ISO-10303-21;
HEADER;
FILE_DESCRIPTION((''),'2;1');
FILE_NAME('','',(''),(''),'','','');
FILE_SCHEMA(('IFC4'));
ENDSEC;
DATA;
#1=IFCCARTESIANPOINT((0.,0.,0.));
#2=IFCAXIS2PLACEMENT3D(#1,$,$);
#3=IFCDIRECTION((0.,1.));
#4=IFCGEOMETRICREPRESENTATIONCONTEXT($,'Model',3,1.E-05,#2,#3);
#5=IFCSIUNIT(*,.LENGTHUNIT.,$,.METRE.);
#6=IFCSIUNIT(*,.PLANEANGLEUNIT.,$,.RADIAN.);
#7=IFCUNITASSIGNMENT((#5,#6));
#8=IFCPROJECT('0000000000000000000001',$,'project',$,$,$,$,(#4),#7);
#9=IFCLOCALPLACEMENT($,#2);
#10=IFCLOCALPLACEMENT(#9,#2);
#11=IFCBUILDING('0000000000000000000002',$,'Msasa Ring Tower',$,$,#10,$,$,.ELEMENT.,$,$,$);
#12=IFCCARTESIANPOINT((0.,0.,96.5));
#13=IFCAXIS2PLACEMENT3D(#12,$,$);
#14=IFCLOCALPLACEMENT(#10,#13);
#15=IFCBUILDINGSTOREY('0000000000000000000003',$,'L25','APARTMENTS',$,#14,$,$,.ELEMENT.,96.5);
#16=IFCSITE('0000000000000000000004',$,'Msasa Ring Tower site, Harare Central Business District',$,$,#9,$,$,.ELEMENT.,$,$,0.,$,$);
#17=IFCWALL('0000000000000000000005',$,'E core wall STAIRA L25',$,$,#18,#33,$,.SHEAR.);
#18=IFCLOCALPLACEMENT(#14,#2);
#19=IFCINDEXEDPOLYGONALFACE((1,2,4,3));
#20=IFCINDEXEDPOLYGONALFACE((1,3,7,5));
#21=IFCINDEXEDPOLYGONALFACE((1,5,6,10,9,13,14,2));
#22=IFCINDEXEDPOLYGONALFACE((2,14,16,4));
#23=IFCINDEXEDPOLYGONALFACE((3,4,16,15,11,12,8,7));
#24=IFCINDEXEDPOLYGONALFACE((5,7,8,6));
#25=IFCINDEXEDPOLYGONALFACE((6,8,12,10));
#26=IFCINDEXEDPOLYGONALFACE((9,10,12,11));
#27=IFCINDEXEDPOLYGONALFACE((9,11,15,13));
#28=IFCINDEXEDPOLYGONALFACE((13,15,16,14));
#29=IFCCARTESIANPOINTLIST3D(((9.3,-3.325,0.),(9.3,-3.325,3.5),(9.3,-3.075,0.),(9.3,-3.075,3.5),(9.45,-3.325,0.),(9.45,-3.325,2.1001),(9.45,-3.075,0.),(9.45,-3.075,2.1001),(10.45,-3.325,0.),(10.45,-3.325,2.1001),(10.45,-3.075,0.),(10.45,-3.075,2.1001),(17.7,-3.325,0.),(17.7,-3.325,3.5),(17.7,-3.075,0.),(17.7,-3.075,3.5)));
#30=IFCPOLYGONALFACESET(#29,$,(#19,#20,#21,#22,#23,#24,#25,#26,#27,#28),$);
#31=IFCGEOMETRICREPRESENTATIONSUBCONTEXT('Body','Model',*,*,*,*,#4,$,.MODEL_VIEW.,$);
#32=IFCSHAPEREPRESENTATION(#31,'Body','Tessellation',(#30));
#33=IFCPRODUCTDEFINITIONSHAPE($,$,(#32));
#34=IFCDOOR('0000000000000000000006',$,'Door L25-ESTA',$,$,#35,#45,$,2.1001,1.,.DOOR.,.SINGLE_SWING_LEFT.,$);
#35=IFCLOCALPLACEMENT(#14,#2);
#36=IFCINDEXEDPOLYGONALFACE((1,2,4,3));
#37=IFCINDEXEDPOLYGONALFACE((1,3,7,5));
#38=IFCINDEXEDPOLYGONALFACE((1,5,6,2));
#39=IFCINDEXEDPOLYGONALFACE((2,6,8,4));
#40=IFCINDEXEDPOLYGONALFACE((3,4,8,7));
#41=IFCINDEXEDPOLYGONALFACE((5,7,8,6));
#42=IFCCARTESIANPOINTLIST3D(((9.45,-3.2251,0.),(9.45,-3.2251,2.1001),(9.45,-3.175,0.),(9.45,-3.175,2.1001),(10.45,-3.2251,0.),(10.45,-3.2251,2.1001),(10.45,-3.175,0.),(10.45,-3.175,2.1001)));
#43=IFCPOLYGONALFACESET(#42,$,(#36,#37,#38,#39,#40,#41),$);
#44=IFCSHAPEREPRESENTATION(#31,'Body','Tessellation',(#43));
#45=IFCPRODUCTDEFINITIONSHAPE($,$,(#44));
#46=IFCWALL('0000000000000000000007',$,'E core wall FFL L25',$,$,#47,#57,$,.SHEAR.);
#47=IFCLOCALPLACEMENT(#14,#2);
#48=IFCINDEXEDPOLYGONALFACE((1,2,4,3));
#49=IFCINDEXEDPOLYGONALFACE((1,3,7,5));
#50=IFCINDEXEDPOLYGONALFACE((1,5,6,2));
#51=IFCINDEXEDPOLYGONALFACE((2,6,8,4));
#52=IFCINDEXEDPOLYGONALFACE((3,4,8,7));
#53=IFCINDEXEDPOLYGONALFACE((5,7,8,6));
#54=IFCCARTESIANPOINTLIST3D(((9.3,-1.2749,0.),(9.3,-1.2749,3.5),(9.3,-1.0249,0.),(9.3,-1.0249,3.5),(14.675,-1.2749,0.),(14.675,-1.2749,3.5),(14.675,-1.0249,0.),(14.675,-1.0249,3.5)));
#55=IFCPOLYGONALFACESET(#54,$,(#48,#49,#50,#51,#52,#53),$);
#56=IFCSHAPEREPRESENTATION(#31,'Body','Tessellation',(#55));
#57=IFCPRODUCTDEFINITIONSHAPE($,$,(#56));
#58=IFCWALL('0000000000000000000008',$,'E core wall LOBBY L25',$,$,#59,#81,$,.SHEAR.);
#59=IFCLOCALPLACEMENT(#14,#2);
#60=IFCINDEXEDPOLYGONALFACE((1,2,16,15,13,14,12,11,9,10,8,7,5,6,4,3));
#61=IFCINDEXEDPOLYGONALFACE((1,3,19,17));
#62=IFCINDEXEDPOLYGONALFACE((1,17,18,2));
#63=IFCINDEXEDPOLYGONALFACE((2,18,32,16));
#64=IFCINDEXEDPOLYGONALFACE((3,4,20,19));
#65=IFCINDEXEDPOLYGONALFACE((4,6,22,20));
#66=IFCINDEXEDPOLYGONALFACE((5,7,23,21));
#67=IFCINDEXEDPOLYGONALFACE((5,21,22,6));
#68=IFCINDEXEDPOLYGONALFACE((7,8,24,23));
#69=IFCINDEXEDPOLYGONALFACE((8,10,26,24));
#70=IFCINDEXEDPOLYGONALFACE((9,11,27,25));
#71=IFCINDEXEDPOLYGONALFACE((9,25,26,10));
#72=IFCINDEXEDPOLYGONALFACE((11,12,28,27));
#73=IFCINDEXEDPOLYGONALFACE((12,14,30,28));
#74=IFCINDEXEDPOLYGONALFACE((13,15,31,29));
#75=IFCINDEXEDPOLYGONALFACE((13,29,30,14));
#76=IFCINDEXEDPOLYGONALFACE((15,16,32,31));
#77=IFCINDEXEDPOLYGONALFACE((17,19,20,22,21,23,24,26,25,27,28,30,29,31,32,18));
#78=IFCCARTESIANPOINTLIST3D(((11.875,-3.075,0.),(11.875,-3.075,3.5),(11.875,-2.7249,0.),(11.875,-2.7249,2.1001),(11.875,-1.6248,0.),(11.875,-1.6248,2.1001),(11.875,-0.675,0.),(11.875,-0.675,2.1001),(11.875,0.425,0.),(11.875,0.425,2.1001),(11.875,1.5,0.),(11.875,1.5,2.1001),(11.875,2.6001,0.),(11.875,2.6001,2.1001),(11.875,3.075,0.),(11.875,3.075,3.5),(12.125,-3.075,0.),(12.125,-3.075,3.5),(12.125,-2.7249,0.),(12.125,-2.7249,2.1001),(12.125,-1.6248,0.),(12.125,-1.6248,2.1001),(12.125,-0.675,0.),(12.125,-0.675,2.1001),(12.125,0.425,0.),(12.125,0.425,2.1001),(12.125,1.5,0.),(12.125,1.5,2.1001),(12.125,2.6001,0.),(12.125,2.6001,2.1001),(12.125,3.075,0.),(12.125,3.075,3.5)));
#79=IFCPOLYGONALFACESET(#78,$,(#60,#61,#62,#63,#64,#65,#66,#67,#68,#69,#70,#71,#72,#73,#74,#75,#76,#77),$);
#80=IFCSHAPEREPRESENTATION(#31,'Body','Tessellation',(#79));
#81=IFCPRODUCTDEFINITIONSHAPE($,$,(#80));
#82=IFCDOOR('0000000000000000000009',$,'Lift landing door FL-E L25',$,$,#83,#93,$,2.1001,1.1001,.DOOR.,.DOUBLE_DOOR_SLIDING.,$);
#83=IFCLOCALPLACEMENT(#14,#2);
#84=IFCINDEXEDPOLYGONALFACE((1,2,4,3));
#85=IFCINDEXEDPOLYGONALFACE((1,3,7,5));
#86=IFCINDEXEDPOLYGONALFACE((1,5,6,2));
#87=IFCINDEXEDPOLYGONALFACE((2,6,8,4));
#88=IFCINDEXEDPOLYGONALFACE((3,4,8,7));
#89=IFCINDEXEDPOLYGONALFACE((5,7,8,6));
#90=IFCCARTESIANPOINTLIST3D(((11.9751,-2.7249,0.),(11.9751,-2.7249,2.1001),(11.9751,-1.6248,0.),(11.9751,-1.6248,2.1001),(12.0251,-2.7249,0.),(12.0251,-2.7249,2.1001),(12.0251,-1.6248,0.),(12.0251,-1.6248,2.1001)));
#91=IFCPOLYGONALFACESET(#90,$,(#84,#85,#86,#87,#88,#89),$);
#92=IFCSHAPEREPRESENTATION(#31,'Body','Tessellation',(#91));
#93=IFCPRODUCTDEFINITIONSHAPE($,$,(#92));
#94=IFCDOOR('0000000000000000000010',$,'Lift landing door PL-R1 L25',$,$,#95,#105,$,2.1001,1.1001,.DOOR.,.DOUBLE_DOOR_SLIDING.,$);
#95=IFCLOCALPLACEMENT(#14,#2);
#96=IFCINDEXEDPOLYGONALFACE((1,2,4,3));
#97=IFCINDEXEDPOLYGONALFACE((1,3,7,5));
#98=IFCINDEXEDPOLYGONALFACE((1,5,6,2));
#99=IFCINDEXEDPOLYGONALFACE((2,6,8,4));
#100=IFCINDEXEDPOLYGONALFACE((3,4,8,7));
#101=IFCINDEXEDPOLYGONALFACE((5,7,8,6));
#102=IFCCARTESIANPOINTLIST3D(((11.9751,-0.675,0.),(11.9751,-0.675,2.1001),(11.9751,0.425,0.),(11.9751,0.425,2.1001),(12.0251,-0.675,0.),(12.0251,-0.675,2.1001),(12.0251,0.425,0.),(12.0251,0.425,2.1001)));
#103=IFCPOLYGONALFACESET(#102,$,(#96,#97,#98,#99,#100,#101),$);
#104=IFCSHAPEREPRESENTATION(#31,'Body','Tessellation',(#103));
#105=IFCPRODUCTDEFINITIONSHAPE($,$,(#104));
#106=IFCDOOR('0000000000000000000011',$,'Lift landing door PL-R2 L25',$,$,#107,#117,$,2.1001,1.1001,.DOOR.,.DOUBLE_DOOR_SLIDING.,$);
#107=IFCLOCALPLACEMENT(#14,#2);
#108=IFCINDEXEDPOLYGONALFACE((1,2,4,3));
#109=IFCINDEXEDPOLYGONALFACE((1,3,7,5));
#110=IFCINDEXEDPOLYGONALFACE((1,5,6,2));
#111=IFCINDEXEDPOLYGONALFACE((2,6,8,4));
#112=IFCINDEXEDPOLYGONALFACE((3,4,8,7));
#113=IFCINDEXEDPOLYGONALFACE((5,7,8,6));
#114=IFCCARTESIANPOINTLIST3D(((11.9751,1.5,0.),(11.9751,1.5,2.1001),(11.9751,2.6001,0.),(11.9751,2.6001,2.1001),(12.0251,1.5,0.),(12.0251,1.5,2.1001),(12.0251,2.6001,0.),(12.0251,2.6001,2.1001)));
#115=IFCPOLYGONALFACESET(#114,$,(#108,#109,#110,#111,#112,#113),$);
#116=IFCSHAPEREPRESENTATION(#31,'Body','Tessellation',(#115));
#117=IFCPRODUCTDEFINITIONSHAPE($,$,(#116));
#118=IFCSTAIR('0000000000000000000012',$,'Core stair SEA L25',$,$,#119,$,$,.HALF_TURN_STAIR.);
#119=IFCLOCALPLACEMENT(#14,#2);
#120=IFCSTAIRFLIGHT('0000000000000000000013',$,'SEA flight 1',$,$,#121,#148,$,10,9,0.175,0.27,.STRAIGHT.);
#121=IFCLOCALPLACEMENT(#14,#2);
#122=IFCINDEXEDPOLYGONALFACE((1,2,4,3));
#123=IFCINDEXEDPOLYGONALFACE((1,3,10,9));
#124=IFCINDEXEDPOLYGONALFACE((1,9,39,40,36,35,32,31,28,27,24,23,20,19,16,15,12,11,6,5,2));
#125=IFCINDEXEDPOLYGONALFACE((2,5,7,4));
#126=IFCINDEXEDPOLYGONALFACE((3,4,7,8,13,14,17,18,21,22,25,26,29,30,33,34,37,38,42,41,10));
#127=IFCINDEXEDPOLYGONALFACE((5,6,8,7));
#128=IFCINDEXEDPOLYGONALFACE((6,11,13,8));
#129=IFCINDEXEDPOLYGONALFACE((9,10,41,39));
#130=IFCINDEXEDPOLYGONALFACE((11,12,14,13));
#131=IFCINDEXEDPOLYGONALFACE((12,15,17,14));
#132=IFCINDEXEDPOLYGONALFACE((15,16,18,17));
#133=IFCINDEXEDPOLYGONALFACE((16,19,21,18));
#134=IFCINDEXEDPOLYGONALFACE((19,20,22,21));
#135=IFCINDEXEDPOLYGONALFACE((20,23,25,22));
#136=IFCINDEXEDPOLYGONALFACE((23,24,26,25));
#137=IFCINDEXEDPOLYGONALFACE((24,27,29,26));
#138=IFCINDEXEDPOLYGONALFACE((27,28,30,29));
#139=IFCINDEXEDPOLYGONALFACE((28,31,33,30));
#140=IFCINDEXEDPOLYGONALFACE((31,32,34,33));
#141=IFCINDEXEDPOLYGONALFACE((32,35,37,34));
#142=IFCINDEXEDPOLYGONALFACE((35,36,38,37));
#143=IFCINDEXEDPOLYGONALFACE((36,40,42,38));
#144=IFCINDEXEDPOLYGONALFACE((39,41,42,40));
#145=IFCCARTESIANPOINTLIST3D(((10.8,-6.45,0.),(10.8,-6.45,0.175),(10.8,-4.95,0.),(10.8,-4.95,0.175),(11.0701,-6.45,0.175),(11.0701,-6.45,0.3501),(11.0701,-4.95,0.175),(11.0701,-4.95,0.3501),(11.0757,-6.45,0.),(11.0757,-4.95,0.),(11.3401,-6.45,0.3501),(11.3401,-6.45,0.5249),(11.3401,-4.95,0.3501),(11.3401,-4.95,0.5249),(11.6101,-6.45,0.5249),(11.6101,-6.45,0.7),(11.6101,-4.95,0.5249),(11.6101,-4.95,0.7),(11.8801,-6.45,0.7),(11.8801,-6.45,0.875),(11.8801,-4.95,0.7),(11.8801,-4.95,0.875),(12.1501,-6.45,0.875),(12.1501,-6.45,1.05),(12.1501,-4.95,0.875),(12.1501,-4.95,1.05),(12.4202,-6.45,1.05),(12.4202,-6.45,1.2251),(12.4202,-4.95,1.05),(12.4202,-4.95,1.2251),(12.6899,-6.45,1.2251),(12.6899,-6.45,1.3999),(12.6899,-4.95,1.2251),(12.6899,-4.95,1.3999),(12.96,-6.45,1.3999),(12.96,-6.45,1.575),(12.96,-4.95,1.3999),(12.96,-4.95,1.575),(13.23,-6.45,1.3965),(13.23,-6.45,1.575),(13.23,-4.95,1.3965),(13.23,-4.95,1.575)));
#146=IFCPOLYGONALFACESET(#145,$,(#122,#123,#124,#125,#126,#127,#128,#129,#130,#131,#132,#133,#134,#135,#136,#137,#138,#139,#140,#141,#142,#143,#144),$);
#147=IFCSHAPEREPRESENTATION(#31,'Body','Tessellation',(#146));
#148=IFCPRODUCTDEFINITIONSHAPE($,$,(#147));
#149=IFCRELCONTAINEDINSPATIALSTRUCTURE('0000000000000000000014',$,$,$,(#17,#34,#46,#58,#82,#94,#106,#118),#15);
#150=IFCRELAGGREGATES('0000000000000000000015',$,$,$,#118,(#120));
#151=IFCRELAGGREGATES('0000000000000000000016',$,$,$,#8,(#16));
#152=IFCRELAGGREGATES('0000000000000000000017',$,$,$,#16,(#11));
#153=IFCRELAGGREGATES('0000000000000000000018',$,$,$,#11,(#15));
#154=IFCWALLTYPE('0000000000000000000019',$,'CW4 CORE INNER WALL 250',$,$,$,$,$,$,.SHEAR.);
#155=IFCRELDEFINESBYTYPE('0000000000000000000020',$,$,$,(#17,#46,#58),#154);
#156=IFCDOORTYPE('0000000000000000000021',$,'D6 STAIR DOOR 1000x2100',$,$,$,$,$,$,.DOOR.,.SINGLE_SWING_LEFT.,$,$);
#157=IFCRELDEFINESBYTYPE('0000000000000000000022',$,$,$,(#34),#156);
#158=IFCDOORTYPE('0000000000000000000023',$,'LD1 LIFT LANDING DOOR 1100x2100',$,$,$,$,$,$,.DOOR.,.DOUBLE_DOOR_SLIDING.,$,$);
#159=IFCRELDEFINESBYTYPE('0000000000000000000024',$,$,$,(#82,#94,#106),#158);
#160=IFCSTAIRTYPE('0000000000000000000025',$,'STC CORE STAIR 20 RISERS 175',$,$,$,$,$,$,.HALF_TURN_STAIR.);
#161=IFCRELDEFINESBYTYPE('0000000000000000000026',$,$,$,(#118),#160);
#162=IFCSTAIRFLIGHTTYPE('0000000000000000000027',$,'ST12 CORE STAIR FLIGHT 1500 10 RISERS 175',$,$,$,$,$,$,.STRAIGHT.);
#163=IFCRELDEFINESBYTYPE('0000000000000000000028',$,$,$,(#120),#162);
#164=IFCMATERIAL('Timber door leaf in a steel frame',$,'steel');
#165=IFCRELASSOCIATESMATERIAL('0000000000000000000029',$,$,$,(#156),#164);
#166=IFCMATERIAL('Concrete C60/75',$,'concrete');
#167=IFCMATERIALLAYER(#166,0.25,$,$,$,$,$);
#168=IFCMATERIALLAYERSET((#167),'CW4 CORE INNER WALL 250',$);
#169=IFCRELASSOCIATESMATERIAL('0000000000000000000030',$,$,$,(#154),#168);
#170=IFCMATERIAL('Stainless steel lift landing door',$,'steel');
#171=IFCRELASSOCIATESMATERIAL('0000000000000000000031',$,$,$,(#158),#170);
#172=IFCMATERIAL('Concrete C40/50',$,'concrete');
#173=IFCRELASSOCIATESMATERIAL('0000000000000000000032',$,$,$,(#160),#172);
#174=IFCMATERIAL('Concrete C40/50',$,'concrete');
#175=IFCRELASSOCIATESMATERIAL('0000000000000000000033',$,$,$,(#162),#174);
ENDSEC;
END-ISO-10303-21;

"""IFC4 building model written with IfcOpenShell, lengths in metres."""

from ifc_helpers import new_model, si_unit, direction, frame, frame_2d, origin, place, context, subcontext, project, spatial, polyline, rectangle, outline, extrude, material, layer, layer_set, type_object, element, fill, aggregate, save


model = new_model("IFC4")

# Units and contexts
model_context = context("Model", 3, precision=1e-05, world=origin(), true_north=direction((0.0, 1.0)))
body_context = subcontext(model_context, "Body", "Model", "MODEL_VIEW")
ifc_project = project(units=[si_unit("LENGTHUNIT", "METRE"), si_unit("PLANEANGLEUNIT", "RADIAN")], contexts=[model_context])

# Site, building, storey
site_placement = place(None, origin())
site = spatial("IfcSite", under=ifc_project, at=site_placement, Name="Msasa Ring Tower site, Harare Central Business District", CompositionType="ELEMENT", RefElevation=0.0)
building_placement = place(site_placement, origin())
building = spatial("IfcBuilding", under=site, at=building_placement, Name="Msasa Ring Tower", CompositionType="ELEMENT")
storey_placement = place(building_placement, frame((0.0, 0.0, 96.5)))
storey = spatial("IfcBuildingStorey", under=building, at=storey_placement, Name="L25", Description="APARTMENTS", CompositionType="ELEMENT", Elevation=96.5)

# Shared definitions
ifc_material_1 = material(Name="Timber door leaf in a steel frame", Category="steel")
door_type_1 = type_object("IfcDoorType", Name="D6 STAIR DOOR 1000x2100", OperationType="SINGLE_SWING_LEFT", PredefinedType="DOOR", material=ifc_material_1)

# Wall, opening, door
ifc_material_2 = material(Name="Concrete C60/75", Category="concrete")
ifc_layer_1 = layer(ifc_material_2, 0.25)
ifc_layer_set_1 = layer_set([ifc_layer_1], Name="CW4 CORE INNER WALL 250")
wall_type_1 = type_object("IfcWallType", Name="CW4 CORE INNER WALL 250", PredefinedType="SHEAR", material=ifc_layer_set_1)
wall_1_placement = place(storey_placement, frame((9.3, -3.2, 0.0), z_axis=(0.0, 0.0, 1.0), x_axis=(1.0, 0.0, 0.0)))
wall_1 = element("IfcWall", 1, at=wall_1_placement, inside=storey, type_object=wall_type_1, Name="E core wall STAIRA L25", PredefinedType="SHEAR", context=body_context, shape_type="SweptSolid", body=[
    extrude(rectangle(XDim=8.3999, YDim=0.25, at=frame_2d((4.2, 0.0))), origin(), (0.0, 0.0, 1.0), 3.5),
])
opening_1_placement = place(wall_1_placement, frame((0.1499, 0.0, 0.0)))
opening_1 = element("IfcOpeningElement", 2, at=opening_1_placement, cuts=wall_1, PredefinedType="OPENING", context=body_context, shape_type="SweptSolid", body=[
    extrude(rectangle(XDim=1.0, YDim=2.1001, at=frame_2d((0.5, 1.05))), frame((0.0, 0.135, 0.0), z_axis=(0.0, -1.0, 0.0), x_axis=(1.0, 0.0, 0.0)), (0.0, 0.0, 1.0), 0.27),
])
door_1_placement = place(opening_1_placement, origin())
door_1 = element("IfcDoor", 3, at=door_1_placement, inside=storey, type_object=door_type_1, Name="Door L25-ESTA", OperationType="SINGLE_SWING_LEFT", OverallHeight=2.1001, OverallWidth=1.0, PredefinedType="DOOR", context=body_context, shape_type="SweptSolid", body=[
    extrude(rectangle(XDim=1.0, YDim=2.1001, at=frame_2d((0.5, 1.05))), frame((0.0, 0.0249, 0.0), z_axis=(0.0, -1.0, 0.0), x_axis=(1.0, 0.0, 0.0)), (0.0, 0.0, 1.0), 0.05),
])
fill(opening_1, door_1)

# Wall
wall_2_placement = place(storey_placement, frame((9.3, -1.1499, 0.0), z_axis=(0.0, 0.0, 1.0), x_axis=(1.0, 0.0, 0.0)))
element("IfcWall", 4, at=wall_2_placement, inside=storey, type_object=wall_type_1, Name="E core wall FFL L25", PredefinedType="SHEAR", context=body_context, shape_type="SweptSolid", body=[
    extrude(rectangle(XDim=5.375, YDim=0.25, at=frame_2d((2.6875, 0.0))), origin(), (0.0, 0.0, 1.0), 3.5),
])

# Wall, openings, doors
wall_3_placement = place(storey_placement, frame((12.0, -3.075, 0.0), z_axis=(0.0, 0.0, 1.0), x_axis=(0.0, 1.0, 0.0)))
wall_3 = element("IfcWall", 5, at=wall_3_placement, inside=storey, type_object=wall_type_1, Name="E core wall LOBBY L25", PredefinedType="SHEAR", context=body_context, shape_type="SweptSolid", body=[
    extrude(rectangle(XDim=6.1499, YDim=0.25, at=frame_2d((3.075, 0.0))), origin(), (0.0, 0.0, 1.0), 3.5),
])
opening_2_placement = place(wall_3_placement, frame((0.3501, 0.0, 0.0)))
opening_2 = element("IfcOpeningElement", 6, at=opening_2_placement, cuts=wall_3, PredefinedType="OPENING", context=body_context, shape_type="SweptSolid", body=[
    extrude(rectangle(XDim=1.1001, YDim=2.1001, at=frame_2d((0.55, 1.05))), frame((0.0, 0.135, 0.0), z_axis=(0.0, -1.0, 0.0), x_axis=(1.0, 0.0, 0.0)), (0.0, 0.0, 1.0), 0.27),
])
opening_3_placement = place(wall_3_placement, frame((2.3999, 0.0, 0.0)))
opening_3 = element("IfcOpeningElement", 7, at=opening_3_placement, cuts=wall_3, PredefinedType="OPENING", context=body_context, shape_type="SweptSolid", body=[
    extrude(rectangle(XDim=1.1001, YDim=2.1001, at=frame_2d((0.55, 1.05))), frame((0.0, 0.135, 0.0), z_axis=(0.0, -1.0, 0.0), x_axis=(1.0, 0.0, 0.0)), (0.0, 0.0, 1.0), 0.27),
])
opening_4_placement = place(wall_3_placement, frame((4.575, 0.0, 0.0)))
opening_4 = element("IfcOpeningElement", 8, at=opening_4_placement, cuts=wall_3, PredefinedType="OPENING", context=body_context, shape_type="SweptSolid", body=[
    extrude(rectangle(XDim=1.1001, YDim=2.1001, at=frame_2d((0.55, 1.05))), frame((0.0, 0.135, 0.0), z_axis=(0.0, -1.0, 0.0), x_axis=(1.0, 0.0, 0.0)), (0.0, 0.0, 1.0), 0.27),
])
ifc_material_3 = material(Name="Stainless steel lift landing door", Category="steel")
door_type_2 = type_object("IfcDoorType", Name="LD1 LIFT LANDING DOOR 1100x2100", OperationType="DOUBLE_DOOR_SLIDING", PredefinedType="DOOR", material=ifc_material_3)
door_2_placement = place(opening_2_placement, origin())
door_2 = element("IfcDoor", 9, at=door_2_placement, inside=storey, type_object=door_type_2, Name="Lift landing door FL-E L25", OperationType="DOUBLE_DOOR_SLIDING", OverallHeight=2.1001, OverallWidth=1.1001, PredefinedType="DOOR", context=body_context, shape_type="SweptSolid", body=[
    extrude(rectangle(XDim=1.1001, YDim=2.1001, at=frame_2d((0.55, 1.05))), frame((0.0, 0.0249, 0.0), z_axis=(0.0, -1.0, 0.0), x_axis=(1.0, 0.0, 0.0)), (0.0, 0.0, 1.0), 0.05),
])
fill(opening_2, door_2)
door_3_placement = place(opening_3_placement, origin())
door_3 = element("IfcDoor", 10, at=door_3_placement, inside=storey, type_object=door_type_2, Name="Lift landing door PL-R1 L25", OperationType="DOUBLE_DOOR_SLIDING", OverallHeight=2.1001, OverallWidth=1.1001, PredefinedType="DOOR", context=body_context, shape_type="SweptSolid", body=[
    extrude(rectangle(XDim=1.1001, YDim=2.1001, at=frame_2d((0.55, 1.05))), frame((0.0, 0.0249, 0.0), z_axis=(0.0, -1.0, 0.0), x_axis=(1.0, 0.0, 0.0)), (0.0, 0.0, 1.0), 0.05),
])
fill(opening_3, door_3)
door_4_placement = place(opening_4_placement, origin())
door_4 = element("IfcDoor", 11, at=door_4_placement, inside=storey, type_object=door_type_2, Name="Lift landing door PL-R2 L25", OperationType="DOUBLE_DOOR_SLIDING", OverallHeight=2.1001, OverallWidth=1.1001, PredefinedType="DOOR", context=body_context, shape_type="SweptSolid", body=[
    extrude(rectangle(XDim=1.1001, YDim=2.1001, at=frame_2d((0.55, 1.05))), frame((0.0, 0.0249, 0.0), z_axis=(0.0, -1.0, 0.0), x_axis=(1.0, 0.0, 0.0)), (0.0, 0.0, 1.0), 0.05),
])
fill(opening_4, door_4)

# Stair, stair flight
ifc_material_4 = material(Name="Concrete C40/50", Category="concrete")
stair_type = type_object("IfcStairType", Name="STC CORE STAIR 20 RISERS 175", PredefinedType="HALF_TURN_STAIR", material=ifc_material_4)
stair_placement = place(storey_placement, origin())
stair = element("IfcStair", 12, at=stair_placement, inside=storey, type_object=stair_type, Name="Core stair SEA L25", PredefinedType="HALF_TURN_STAIR")
ifc_material_5 = material(Name="Concrete C40/50", Category="concrete")
stair_flight_type = type_object("IfcStairFlightType", Name="ST12 CORE STAIR FLIGHT 1500 10 RISERS 175", PredefinedType="STRAIGHT", material=ifc_material_5)
stair_flight_placement = place(storey_placement, frame((10.8, -5.7, 0.0), z_axis=(0.0, 0.0, 1.0), x_axis=(1.0, 0.0, 0.0)))
stair_flight = element("IfcStairFlight", 13, at=stair_flight_placement, type_object=stair_flight_type, Name="SEA flight 1", NumberOfRisers=10, NumberOfTreads=9, PredefinedType="STRAIGHT", RiserHeight=0.175, TreadLength=0.27, context=body_context, shape_type="SweptSolid", body=[
    extrude(outline(polyline([(0.0, 0.0), (0.0, 0.175), (0.27, 0.175), (0.27, 0.3501), (0.54, 0.3501), (0.54, 0.5249), (0.8101, 0.5249), (0.8101, 0.7), (1.0801, 0.7), (1.0801, 0.875), (1.3501, 0.875), (1.3501, 1.05), (1.6201, 1.05), (1.6201, 1.2251), (1.8899, 1.2251), (1.8899, 1.3999), (2.1599, 1.3999), (2.1599, 1.575), (2.4299, 1.575), (2.4299, 1.75), (2.4299, 1.3965), (0.2756, 0.0), (0.0, 0.0)])), frame((0.0, 0.75, 0.0), z_axis=(0.0, -1.0, 0.0), x_axis=(1.0, 0.0, 0.0)), (0.0, 0.0, 1.0), 1.5),
])
aggregate(stair, [stair_flight])

save(model, "model.ifc")
